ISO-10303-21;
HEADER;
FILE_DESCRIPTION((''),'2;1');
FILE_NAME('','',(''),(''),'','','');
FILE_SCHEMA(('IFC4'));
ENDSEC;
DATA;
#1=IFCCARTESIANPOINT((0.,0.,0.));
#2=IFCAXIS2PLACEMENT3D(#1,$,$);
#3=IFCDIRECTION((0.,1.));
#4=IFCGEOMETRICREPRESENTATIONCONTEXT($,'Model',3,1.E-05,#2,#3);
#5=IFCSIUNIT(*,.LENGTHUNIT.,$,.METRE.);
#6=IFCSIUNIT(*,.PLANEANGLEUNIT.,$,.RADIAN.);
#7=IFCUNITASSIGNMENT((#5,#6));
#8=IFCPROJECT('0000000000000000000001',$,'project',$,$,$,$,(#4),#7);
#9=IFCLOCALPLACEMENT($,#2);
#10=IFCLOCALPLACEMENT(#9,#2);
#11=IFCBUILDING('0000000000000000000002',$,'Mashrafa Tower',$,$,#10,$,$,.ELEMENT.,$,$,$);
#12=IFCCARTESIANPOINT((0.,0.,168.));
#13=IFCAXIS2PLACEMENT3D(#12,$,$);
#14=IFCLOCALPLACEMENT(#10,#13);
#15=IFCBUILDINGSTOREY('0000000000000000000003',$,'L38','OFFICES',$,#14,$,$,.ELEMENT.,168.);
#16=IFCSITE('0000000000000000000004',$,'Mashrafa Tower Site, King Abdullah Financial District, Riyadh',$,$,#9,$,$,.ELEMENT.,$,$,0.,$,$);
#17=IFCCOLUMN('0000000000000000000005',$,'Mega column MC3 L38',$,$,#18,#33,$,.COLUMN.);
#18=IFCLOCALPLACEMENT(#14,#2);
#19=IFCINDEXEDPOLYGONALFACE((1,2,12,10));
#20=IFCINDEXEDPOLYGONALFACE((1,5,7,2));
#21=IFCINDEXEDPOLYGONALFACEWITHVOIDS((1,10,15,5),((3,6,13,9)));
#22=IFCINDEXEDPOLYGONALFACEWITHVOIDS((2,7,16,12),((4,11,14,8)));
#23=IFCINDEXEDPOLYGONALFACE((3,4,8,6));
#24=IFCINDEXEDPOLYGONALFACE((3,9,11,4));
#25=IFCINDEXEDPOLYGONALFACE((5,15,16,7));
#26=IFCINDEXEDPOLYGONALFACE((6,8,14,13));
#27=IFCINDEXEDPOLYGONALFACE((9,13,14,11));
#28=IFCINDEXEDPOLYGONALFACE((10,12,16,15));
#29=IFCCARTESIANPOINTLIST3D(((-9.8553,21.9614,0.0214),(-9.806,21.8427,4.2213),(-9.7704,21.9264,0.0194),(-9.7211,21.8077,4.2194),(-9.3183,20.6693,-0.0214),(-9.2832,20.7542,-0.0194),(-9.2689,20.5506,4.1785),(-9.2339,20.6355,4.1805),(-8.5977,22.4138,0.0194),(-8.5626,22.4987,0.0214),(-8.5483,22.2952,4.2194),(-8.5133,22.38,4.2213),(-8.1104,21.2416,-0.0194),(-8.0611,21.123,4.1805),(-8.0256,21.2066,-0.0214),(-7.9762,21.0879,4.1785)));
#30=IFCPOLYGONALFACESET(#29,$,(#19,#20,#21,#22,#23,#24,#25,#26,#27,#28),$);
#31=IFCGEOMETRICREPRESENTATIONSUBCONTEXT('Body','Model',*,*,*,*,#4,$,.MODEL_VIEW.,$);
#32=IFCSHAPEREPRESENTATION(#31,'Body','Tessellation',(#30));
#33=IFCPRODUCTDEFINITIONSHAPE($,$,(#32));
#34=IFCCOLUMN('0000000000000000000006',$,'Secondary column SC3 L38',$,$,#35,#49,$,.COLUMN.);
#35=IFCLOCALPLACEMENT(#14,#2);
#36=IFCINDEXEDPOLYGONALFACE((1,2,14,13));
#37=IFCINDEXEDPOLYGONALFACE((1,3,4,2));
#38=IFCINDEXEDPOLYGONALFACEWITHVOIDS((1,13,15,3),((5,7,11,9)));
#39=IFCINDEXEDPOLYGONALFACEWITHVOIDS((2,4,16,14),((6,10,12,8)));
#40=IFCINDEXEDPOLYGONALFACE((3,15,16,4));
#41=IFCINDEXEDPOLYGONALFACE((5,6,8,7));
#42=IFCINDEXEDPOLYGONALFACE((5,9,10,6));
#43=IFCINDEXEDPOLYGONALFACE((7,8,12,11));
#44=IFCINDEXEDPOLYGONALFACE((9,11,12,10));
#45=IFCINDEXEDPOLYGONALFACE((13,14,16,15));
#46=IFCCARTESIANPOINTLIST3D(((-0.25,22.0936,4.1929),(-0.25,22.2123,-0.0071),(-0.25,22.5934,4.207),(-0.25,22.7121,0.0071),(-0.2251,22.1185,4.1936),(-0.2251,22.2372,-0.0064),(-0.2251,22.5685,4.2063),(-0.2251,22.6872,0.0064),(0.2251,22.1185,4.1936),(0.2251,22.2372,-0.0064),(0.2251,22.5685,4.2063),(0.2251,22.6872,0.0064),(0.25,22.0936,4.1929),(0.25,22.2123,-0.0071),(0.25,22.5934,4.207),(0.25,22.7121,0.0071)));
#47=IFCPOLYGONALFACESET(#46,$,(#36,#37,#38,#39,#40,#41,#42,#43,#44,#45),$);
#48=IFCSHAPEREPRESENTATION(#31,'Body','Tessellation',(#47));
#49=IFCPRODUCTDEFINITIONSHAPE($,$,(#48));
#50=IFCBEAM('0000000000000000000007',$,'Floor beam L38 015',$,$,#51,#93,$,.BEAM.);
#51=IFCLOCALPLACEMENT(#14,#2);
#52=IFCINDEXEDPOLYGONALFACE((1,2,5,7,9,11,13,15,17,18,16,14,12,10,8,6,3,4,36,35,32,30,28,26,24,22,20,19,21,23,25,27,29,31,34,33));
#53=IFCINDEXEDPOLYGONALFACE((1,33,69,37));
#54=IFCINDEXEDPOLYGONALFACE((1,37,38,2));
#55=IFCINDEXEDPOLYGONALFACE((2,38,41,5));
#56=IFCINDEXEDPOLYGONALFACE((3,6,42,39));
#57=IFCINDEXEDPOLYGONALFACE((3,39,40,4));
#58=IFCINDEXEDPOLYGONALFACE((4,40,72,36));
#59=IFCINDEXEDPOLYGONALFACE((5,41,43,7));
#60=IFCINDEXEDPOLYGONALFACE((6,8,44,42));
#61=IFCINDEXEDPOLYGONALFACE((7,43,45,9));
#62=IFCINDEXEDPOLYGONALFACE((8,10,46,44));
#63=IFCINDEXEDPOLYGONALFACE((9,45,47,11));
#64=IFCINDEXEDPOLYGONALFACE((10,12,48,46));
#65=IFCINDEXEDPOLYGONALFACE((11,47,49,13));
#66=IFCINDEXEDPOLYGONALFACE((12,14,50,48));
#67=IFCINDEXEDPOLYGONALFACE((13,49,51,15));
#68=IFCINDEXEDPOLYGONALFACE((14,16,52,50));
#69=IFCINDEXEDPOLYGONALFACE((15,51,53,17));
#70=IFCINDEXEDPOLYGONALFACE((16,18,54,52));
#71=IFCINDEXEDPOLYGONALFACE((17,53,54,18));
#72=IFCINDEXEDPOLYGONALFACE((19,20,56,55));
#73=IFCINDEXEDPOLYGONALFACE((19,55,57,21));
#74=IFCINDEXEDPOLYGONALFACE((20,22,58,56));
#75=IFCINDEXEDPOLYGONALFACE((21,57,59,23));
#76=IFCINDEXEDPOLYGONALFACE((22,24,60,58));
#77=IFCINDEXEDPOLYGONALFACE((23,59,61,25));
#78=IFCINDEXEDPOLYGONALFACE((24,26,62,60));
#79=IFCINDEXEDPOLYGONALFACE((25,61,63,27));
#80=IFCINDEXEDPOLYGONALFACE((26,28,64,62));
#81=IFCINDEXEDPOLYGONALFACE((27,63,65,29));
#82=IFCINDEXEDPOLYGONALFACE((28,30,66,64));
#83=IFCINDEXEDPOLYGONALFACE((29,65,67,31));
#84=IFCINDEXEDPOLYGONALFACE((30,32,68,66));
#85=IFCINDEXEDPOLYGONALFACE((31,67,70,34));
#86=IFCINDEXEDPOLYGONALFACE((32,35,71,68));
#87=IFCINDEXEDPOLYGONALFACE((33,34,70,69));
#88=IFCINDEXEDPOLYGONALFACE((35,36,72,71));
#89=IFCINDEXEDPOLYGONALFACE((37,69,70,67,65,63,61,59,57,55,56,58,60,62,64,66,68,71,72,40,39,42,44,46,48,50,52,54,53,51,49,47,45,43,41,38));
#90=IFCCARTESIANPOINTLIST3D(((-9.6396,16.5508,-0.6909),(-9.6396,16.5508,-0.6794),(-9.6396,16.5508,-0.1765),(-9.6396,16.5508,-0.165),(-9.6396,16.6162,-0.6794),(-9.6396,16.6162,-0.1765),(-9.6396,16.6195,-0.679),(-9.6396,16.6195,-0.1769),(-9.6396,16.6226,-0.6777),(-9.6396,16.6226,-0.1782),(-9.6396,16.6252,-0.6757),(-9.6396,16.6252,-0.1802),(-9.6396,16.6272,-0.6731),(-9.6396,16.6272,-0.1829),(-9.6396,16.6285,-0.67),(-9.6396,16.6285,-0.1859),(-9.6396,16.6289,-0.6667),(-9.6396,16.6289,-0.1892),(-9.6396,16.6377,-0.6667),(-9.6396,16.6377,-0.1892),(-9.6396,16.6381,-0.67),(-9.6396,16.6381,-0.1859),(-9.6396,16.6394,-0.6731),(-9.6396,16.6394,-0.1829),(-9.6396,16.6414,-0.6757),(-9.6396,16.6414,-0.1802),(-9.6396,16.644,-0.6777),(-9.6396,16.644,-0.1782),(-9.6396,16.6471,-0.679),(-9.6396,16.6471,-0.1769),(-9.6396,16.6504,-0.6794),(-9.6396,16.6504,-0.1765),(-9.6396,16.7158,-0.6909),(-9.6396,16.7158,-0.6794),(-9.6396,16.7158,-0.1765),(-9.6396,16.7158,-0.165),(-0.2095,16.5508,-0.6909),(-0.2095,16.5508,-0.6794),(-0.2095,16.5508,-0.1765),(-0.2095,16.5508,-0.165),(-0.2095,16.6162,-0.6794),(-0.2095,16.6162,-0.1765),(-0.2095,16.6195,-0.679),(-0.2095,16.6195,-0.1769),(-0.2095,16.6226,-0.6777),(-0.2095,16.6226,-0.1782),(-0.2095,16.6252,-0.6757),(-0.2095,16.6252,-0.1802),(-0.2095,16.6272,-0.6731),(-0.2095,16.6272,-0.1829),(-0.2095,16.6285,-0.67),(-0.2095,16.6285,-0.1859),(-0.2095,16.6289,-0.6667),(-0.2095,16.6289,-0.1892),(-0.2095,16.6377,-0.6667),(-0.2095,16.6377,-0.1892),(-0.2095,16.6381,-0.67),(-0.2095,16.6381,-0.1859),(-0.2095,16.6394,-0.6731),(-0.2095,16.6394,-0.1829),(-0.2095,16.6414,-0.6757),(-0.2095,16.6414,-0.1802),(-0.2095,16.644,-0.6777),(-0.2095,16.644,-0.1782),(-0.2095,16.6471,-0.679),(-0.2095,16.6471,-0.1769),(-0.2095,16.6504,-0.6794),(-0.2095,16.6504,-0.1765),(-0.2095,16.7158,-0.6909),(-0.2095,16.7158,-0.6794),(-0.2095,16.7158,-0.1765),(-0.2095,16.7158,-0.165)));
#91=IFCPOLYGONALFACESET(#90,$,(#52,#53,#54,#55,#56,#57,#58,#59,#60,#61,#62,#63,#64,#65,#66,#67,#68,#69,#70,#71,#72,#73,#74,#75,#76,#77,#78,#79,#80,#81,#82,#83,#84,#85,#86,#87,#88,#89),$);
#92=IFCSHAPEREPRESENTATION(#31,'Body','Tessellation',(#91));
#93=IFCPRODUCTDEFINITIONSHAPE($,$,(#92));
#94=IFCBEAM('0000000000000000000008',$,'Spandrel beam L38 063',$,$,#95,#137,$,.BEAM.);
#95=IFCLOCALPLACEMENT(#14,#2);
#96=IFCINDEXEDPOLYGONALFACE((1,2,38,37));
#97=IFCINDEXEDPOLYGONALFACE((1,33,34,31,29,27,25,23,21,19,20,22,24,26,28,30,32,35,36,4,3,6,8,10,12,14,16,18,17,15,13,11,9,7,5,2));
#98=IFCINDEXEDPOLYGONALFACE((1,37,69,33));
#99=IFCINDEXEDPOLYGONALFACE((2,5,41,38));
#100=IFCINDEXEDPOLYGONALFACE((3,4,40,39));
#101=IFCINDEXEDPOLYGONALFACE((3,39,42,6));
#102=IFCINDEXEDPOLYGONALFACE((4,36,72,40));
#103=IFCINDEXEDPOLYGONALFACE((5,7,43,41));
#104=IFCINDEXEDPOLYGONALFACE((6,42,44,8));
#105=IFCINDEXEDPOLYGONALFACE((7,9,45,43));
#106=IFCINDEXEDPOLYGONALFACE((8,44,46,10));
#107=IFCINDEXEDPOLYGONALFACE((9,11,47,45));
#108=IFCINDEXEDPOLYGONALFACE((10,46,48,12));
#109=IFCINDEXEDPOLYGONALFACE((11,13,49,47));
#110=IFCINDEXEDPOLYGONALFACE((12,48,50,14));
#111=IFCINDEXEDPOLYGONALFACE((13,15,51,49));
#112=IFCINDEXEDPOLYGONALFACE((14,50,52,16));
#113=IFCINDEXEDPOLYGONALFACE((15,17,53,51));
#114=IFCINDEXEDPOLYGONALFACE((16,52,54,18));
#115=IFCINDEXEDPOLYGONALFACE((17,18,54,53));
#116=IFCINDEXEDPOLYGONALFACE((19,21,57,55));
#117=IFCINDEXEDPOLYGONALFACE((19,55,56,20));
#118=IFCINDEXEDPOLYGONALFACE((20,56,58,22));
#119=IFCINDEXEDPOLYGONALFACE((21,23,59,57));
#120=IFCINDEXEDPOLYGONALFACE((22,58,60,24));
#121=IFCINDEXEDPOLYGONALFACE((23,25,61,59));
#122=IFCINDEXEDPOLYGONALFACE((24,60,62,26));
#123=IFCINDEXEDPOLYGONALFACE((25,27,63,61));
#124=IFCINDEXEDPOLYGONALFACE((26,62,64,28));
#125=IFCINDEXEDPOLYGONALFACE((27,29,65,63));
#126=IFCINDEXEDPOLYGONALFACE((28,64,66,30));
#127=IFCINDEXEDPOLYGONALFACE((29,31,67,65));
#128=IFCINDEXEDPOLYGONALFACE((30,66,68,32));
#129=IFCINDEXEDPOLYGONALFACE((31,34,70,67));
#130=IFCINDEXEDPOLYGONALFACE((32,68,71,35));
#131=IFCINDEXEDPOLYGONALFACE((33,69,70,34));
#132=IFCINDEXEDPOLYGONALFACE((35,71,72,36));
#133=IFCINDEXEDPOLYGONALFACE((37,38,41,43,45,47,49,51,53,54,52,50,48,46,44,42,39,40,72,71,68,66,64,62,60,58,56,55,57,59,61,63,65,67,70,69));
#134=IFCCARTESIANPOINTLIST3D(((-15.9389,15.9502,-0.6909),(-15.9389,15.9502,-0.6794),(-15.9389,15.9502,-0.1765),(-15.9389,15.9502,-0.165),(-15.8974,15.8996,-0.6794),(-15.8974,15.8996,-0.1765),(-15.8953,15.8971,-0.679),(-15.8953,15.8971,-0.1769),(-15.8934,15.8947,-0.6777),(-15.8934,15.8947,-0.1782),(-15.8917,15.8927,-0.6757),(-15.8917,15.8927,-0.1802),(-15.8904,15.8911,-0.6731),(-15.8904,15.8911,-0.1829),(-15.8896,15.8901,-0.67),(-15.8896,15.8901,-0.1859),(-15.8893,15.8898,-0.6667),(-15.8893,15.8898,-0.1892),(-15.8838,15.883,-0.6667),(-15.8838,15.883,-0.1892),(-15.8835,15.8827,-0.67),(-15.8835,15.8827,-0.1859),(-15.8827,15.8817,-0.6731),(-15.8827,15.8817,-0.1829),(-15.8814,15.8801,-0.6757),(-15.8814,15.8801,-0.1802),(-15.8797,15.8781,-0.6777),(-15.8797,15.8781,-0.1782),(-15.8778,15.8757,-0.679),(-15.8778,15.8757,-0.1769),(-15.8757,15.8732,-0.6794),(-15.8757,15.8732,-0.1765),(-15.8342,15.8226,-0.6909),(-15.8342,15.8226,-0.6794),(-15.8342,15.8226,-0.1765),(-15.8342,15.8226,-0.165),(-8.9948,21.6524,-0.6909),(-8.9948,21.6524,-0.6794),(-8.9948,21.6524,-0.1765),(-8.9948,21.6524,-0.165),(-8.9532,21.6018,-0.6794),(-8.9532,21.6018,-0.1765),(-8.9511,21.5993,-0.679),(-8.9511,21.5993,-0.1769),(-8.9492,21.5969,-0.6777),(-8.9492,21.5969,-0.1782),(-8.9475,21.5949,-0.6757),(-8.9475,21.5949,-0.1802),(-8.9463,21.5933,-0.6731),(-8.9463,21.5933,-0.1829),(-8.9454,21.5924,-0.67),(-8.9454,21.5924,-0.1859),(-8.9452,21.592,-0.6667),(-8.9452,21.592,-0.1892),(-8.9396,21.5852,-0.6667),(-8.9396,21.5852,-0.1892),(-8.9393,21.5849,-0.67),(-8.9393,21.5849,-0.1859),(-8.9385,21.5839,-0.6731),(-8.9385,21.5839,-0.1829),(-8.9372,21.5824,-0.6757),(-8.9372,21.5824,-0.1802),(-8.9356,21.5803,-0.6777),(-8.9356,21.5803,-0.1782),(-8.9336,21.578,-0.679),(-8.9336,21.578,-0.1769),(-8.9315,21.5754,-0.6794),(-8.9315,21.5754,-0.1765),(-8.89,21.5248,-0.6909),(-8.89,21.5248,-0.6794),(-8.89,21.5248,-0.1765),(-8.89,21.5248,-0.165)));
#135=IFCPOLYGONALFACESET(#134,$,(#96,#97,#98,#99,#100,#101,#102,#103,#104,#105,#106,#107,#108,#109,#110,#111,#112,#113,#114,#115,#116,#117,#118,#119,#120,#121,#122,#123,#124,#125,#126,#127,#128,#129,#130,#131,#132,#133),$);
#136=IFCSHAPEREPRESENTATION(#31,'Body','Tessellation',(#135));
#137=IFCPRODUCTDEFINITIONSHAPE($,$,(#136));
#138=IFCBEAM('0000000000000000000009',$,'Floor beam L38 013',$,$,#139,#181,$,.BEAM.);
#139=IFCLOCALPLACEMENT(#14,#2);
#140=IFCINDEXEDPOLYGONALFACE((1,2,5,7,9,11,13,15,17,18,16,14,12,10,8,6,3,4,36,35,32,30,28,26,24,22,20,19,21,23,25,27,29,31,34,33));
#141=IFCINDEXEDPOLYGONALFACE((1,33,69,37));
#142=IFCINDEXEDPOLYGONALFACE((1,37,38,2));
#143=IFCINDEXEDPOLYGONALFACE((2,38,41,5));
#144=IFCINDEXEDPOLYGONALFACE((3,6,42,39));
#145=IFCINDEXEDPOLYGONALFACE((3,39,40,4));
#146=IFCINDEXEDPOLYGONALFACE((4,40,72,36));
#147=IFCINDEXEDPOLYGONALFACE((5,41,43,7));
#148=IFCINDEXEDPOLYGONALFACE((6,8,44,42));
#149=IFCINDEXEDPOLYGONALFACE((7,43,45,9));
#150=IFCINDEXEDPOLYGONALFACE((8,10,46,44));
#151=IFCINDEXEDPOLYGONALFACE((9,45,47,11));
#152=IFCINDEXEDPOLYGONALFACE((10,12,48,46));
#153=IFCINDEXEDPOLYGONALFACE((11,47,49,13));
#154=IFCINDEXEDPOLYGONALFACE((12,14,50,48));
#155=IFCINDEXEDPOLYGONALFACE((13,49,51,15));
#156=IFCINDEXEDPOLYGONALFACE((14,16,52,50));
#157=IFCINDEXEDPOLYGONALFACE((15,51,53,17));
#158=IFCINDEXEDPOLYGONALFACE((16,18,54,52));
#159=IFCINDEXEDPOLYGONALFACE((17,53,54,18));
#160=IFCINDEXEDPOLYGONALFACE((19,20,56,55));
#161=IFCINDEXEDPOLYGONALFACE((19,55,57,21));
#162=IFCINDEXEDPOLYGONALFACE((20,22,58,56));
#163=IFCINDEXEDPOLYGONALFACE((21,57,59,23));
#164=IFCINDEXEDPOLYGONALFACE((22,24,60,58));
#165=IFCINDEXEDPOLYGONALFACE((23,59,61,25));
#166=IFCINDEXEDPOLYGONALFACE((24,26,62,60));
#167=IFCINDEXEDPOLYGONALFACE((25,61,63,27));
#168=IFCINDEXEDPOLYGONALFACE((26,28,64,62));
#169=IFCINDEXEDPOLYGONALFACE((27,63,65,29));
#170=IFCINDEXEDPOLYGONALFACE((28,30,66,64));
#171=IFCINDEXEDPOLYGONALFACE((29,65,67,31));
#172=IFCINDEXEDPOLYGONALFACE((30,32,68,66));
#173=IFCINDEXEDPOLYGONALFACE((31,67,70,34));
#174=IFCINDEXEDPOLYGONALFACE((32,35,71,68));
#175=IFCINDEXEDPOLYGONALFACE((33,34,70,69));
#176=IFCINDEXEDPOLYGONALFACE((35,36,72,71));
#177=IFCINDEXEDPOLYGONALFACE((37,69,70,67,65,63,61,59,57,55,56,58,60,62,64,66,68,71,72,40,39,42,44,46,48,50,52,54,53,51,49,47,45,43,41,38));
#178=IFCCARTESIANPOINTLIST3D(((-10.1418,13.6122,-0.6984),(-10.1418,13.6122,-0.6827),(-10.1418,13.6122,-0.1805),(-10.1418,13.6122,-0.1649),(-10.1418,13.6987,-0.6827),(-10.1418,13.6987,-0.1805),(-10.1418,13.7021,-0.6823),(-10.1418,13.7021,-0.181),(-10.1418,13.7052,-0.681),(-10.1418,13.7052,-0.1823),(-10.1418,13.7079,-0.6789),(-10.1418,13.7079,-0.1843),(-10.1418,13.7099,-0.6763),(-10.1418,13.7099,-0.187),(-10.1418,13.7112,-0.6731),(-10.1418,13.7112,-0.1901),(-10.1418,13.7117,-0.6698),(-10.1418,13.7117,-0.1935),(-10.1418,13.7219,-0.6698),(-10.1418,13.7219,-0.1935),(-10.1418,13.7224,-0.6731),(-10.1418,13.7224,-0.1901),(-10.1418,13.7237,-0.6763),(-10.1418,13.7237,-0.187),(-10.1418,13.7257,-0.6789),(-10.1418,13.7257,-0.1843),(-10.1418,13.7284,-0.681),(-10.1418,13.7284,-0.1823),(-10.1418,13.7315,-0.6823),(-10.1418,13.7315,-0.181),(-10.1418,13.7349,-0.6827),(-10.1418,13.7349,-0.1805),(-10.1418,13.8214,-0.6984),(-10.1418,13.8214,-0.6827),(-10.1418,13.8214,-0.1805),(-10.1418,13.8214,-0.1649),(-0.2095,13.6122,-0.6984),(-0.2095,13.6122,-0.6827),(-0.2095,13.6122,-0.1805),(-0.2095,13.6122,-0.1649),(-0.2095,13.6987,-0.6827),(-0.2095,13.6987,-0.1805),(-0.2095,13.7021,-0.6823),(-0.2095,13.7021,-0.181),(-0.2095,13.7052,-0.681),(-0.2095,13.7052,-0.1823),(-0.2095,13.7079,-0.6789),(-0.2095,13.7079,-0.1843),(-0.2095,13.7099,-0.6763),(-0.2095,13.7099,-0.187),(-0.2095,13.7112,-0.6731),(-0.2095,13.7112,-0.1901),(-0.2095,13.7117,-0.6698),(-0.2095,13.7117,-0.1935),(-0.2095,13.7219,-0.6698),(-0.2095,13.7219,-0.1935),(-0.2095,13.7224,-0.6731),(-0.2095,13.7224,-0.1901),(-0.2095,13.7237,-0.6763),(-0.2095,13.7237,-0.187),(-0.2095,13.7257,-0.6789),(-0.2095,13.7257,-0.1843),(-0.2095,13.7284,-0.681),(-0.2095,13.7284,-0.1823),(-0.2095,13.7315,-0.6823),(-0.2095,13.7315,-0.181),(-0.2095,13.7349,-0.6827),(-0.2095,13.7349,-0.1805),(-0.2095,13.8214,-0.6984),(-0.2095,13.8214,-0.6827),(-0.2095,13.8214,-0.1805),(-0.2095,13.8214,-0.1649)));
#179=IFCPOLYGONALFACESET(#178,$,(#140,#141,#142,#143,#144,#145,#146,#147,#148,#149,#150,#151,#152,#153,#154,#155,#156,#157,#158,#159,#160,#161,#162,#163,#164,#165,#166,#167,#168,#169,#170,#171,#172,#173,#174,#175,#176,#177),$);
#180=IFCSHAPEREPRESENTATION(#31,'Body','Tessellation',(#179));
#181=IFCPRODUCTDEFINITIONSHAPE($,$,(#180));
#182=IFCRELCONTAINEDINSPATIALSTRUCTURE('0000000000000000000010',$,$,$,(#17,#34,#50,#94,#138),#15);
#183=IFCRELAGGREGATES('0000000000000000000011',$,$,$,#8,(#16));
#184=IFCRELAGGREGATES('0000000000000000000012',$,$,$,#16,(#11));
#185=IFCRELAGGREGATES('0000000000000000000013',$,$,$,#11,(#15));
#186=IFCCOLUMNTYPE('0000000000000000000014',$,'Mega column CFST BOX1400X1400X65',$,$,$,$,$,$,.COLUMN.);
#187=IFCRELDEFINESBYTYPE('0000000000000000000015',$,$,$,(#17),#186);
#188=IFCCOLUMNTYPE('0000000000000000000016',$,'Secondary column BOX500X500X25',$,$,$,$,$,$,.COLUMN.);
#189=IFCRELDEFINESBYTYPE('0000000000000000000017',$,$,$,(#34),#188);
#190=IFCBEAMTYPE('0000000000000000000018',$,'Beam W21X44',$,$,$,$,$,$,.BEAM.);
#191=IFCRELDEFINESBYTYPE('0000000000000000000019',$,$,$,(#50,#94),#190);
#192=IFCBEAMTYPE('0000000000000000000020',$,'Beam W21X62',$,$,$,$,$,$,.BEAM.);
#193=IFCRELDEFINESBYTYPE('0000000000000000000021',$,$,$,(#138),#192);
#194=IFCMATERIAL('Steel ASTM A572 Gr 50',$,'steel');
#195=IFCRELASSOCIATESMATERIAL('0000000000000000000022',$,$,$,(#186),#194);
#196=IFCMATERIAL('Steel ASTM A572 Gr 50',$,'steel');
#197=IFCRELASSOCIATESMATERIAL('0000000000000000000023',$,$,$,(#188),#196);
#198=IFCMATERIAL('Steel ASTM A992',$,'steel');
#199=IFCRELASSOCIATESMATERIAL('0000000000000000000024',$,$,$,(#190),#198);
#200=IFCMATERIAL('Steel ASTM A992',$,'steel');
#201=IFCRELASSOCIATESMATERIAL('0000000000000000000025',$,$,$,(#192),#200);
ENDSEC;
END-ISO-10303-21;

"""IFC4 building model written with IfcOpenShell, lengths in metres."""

from ifc_helpers import new_model, si_unit, direction, frame, origin, origin_2d, place, context, subcontext, project, spatial, hollow_rectangle, i_section, extrude, material, material_profile, profile_set, type_object, element, save


model = new_model("IFC4")

# Units and contexts
model_context = context("Model", 3, precision=1e-05, world=origin(), true_north=direction((0.0, 1.0)))
body_context = subcontext(model_context, "Body", "Model", "MODEL_VIEW")
ifc_project = project(units=[si_unit("LENGTHUNIT", "METRE"), si_unit("PLANEANGLEUNIT", "RADIAN")], contexts=[model_context])

# Site, building, storey
site_placement = place(None, origin())
site = spatial("IfcSite", under=ifc_project, at=site_placement, Name="Mashrafa Tower Site, King Abdullah Financial District, Riyadh", CompositionType="ELEMENT", RefElevation=0.0)
building_placement = place(site_placement, origin())
building = spatial("IfcBuilding", under=site, at=building_placement, Name="Mashrafa Tower", CompositionType="ELEMENT")
storey_placement = place(building_placement, frame((0.0, 0.0, 168.0)))
storey = spatial("IfcBuildingStorey", under=building, at=storey_placement, Name="L38", Description="OFFICES", CompositionType="ELEMENT", Elevation=168.0)

# Columns
ifc_material_1 = material(Name="Steel ASTM A572 Gr 50", Category="steel")
ifc_material_profile_1 = material_profile(ifc_material_1, hollow_rectangle(XDim=1.3999, YDim=1.3999, WallThickness=0.0649, at=origin_2d()), Name="BOX1400X1400X65")
ifc_profile_set_1 = profile_set([ifc_material_profile_1], Name="Steel ASTM A572 Gr 50")
column_type_1 = type_object("IfcColumnType", Name="Mega column CFST BOX1400X1400X65", PredefinedType="COLUMN", material=ifc_profile_set_1)
column_1_placement = place(storey_placement, frame((-8.9404, 21.584, 0.0), z_axis=(0.011737, -0.028238, 0.999532), x_axis=(0.923414, 0.383806, 0.0)))
element("IfcColumn", 1, at=column_1_placement, inside=storey, type_object=column_type_1, Name="Mega column MC3 L38", PredefinedType="COLUMN", context=body_context, shape_type="SweptSolid", body=[
    extrude(hollow_rectangle(XDim=1.3999, YDim=1.3999, WallThickness=0.0649, at=origin_2d()), origin(), (0.0, 0.0, 1.0), 4.2019),
])
ifc_material_2 = material(Name="Steel ASTM A572 Gr 50", Category="steel")
ifc_material_profile_2 = material_profile(ifc_material_2, hollow_rectangle(XDim=0.5, YDim=0.5, WallThickness=0.0249, at=origin_2d()), Name="BOX500X500X25")
ifc_profile_set_2 = profile_set([ifc_material_profile_2], Name="Steel ASTM A572 Gr 50")
column_type_2 = type_object("IfcColumnType", Name="Secondary column BOX500X500X25", PredefinedType="COLUMN", material=ifc_profile_set_2)
column_2_placement = place(storey_placement, frame((0.0, 22.4622, 0.0), z_axis=(0.0, -0.02824, 0.999601), x_axis=(1.0, 0.0, 0.0)))
element("IfcColumn", 2, at=column_2_placement, inside=storey, type_object=column_type_2, Name="Secondary column SC3 L38", PredefinedType="COLUMN", context=body_context, shape_type="SweptSolid", body=[
    extrude(hollow_rectangle(XDim=0.5, YDim=0.5, WallThickness=0.0249, at=origin_2d()), origin(), (0.0, 0.0, 1.0), 4.2017),
])

# Beams
ifc_material_3 = material(Name="Steel ASTM A992", Category="steel")
ifc_material_profile_3 = material_profile(ifc_material_3, i_section(OverallWidth=0.165, OverallDepth=0.5259, WebThickness=0.0088, FlangeThickness=0.0115, FilletRadius=0.0127, at=origin_2d()), Name="W21X44")
ifc_profile_set_3 = profile_set([ifc_material_profile_3], Name="Steel ASTM A992")
beam_type_1 = type_object("IfcBeamType", Name="Beam W21X44", PredefinedType="BEAM", material=ifc_profile_set_3)
beam_1_placement = place(storey_placement, frame((-9.6396, 16.6333, -0.428), z_axis=(1.0, 0.0, 0.0), x_axis=(0.0, 1.0, 0.0)))
element("IfcBeam", 3, at=beam_1_placement, inside=storey, type_object=beam_type_1, Name="Floor beam L38 015", PredefinedType="BEAM", context=body_context, shape_type="SweptSolid", body=[
    extrude(i_section(OverallWidth=0.165, OverallDepth=0.5259, WebThickness=0.0088, FlangeThickness=0.0115, FilletRadius=0.0127, at=origin_2d()), origin(), (0.0, 0.0, 1.0), 9.4302),
])
beam_2_placement = place(storey_placement, frame((-8.9424, 21.5886, -0.428), z_axis=(-0.772831, -0.634611, 0.0), x_axis=(0.634611, -0.772831, 0.0)))
element("IfcBeam", 4, at=beam_2_placement, inside=storey, type_object=beam_type_1, Name="Spandrel beam L38 063", PredefinedType="BEAM", context=body_context, shape_type="SweptSolid", body=[
    extrude(i_section(OverallWidth=0.165, OverallDepth=0.5259, WebThickness=0.0088, FlangeThickness=0.0115, FilletRadius=0.0127, at=origin_2d()), origin(), (0.0, 0.0, 1.0), 8.9854),
])
ifc_material_4 = material(Name="Steel ASTM A992", Category="steel")
ifc_material_profile_4 = material_profile(ifc_material_4, i_section(OverallWidth=0.2092, OverallDepth=0.5334, WebThickness=0.0103, FlangeThickness=0.0156, FilletRadius=0.0129, at=origin_2d()), Name="W21X62")
ifc_profile_set_4 = profile_set([ifc_material_profile_4], Name="Steel ASTM A992")
beam_type_2 = type_object("IfcBeamType", Name="Beam W21X62", PredefinedType="BEAM", material=ifc_profile_set_4)
beam_3_placement = place(storey_placement, frame((-10.1418, 13.7168, -0.4316), z_axis=(1.0, 0.0, 0.0), x_axis=(0.0, 1.0, 0.0)))
element("IfcBeam", 5, at=beam_3_placement, inside=storey, type_object=beam_type_2, Name="Floor beam L38 013", PredefinedType="BEAM", context=body_context, shape_type="SweptSolid", body=[
    extrude(i_section(OverallWidth=0.2092, OverallDepth=0.5334, WebThickness=0.0103, FlangeThickness=0.0156, FilletRadius=0.0129, at=origin_2d()), origin(), (0.0, 0.0, 1.0), 9.9324),
])

save(model, "model.ifc")
